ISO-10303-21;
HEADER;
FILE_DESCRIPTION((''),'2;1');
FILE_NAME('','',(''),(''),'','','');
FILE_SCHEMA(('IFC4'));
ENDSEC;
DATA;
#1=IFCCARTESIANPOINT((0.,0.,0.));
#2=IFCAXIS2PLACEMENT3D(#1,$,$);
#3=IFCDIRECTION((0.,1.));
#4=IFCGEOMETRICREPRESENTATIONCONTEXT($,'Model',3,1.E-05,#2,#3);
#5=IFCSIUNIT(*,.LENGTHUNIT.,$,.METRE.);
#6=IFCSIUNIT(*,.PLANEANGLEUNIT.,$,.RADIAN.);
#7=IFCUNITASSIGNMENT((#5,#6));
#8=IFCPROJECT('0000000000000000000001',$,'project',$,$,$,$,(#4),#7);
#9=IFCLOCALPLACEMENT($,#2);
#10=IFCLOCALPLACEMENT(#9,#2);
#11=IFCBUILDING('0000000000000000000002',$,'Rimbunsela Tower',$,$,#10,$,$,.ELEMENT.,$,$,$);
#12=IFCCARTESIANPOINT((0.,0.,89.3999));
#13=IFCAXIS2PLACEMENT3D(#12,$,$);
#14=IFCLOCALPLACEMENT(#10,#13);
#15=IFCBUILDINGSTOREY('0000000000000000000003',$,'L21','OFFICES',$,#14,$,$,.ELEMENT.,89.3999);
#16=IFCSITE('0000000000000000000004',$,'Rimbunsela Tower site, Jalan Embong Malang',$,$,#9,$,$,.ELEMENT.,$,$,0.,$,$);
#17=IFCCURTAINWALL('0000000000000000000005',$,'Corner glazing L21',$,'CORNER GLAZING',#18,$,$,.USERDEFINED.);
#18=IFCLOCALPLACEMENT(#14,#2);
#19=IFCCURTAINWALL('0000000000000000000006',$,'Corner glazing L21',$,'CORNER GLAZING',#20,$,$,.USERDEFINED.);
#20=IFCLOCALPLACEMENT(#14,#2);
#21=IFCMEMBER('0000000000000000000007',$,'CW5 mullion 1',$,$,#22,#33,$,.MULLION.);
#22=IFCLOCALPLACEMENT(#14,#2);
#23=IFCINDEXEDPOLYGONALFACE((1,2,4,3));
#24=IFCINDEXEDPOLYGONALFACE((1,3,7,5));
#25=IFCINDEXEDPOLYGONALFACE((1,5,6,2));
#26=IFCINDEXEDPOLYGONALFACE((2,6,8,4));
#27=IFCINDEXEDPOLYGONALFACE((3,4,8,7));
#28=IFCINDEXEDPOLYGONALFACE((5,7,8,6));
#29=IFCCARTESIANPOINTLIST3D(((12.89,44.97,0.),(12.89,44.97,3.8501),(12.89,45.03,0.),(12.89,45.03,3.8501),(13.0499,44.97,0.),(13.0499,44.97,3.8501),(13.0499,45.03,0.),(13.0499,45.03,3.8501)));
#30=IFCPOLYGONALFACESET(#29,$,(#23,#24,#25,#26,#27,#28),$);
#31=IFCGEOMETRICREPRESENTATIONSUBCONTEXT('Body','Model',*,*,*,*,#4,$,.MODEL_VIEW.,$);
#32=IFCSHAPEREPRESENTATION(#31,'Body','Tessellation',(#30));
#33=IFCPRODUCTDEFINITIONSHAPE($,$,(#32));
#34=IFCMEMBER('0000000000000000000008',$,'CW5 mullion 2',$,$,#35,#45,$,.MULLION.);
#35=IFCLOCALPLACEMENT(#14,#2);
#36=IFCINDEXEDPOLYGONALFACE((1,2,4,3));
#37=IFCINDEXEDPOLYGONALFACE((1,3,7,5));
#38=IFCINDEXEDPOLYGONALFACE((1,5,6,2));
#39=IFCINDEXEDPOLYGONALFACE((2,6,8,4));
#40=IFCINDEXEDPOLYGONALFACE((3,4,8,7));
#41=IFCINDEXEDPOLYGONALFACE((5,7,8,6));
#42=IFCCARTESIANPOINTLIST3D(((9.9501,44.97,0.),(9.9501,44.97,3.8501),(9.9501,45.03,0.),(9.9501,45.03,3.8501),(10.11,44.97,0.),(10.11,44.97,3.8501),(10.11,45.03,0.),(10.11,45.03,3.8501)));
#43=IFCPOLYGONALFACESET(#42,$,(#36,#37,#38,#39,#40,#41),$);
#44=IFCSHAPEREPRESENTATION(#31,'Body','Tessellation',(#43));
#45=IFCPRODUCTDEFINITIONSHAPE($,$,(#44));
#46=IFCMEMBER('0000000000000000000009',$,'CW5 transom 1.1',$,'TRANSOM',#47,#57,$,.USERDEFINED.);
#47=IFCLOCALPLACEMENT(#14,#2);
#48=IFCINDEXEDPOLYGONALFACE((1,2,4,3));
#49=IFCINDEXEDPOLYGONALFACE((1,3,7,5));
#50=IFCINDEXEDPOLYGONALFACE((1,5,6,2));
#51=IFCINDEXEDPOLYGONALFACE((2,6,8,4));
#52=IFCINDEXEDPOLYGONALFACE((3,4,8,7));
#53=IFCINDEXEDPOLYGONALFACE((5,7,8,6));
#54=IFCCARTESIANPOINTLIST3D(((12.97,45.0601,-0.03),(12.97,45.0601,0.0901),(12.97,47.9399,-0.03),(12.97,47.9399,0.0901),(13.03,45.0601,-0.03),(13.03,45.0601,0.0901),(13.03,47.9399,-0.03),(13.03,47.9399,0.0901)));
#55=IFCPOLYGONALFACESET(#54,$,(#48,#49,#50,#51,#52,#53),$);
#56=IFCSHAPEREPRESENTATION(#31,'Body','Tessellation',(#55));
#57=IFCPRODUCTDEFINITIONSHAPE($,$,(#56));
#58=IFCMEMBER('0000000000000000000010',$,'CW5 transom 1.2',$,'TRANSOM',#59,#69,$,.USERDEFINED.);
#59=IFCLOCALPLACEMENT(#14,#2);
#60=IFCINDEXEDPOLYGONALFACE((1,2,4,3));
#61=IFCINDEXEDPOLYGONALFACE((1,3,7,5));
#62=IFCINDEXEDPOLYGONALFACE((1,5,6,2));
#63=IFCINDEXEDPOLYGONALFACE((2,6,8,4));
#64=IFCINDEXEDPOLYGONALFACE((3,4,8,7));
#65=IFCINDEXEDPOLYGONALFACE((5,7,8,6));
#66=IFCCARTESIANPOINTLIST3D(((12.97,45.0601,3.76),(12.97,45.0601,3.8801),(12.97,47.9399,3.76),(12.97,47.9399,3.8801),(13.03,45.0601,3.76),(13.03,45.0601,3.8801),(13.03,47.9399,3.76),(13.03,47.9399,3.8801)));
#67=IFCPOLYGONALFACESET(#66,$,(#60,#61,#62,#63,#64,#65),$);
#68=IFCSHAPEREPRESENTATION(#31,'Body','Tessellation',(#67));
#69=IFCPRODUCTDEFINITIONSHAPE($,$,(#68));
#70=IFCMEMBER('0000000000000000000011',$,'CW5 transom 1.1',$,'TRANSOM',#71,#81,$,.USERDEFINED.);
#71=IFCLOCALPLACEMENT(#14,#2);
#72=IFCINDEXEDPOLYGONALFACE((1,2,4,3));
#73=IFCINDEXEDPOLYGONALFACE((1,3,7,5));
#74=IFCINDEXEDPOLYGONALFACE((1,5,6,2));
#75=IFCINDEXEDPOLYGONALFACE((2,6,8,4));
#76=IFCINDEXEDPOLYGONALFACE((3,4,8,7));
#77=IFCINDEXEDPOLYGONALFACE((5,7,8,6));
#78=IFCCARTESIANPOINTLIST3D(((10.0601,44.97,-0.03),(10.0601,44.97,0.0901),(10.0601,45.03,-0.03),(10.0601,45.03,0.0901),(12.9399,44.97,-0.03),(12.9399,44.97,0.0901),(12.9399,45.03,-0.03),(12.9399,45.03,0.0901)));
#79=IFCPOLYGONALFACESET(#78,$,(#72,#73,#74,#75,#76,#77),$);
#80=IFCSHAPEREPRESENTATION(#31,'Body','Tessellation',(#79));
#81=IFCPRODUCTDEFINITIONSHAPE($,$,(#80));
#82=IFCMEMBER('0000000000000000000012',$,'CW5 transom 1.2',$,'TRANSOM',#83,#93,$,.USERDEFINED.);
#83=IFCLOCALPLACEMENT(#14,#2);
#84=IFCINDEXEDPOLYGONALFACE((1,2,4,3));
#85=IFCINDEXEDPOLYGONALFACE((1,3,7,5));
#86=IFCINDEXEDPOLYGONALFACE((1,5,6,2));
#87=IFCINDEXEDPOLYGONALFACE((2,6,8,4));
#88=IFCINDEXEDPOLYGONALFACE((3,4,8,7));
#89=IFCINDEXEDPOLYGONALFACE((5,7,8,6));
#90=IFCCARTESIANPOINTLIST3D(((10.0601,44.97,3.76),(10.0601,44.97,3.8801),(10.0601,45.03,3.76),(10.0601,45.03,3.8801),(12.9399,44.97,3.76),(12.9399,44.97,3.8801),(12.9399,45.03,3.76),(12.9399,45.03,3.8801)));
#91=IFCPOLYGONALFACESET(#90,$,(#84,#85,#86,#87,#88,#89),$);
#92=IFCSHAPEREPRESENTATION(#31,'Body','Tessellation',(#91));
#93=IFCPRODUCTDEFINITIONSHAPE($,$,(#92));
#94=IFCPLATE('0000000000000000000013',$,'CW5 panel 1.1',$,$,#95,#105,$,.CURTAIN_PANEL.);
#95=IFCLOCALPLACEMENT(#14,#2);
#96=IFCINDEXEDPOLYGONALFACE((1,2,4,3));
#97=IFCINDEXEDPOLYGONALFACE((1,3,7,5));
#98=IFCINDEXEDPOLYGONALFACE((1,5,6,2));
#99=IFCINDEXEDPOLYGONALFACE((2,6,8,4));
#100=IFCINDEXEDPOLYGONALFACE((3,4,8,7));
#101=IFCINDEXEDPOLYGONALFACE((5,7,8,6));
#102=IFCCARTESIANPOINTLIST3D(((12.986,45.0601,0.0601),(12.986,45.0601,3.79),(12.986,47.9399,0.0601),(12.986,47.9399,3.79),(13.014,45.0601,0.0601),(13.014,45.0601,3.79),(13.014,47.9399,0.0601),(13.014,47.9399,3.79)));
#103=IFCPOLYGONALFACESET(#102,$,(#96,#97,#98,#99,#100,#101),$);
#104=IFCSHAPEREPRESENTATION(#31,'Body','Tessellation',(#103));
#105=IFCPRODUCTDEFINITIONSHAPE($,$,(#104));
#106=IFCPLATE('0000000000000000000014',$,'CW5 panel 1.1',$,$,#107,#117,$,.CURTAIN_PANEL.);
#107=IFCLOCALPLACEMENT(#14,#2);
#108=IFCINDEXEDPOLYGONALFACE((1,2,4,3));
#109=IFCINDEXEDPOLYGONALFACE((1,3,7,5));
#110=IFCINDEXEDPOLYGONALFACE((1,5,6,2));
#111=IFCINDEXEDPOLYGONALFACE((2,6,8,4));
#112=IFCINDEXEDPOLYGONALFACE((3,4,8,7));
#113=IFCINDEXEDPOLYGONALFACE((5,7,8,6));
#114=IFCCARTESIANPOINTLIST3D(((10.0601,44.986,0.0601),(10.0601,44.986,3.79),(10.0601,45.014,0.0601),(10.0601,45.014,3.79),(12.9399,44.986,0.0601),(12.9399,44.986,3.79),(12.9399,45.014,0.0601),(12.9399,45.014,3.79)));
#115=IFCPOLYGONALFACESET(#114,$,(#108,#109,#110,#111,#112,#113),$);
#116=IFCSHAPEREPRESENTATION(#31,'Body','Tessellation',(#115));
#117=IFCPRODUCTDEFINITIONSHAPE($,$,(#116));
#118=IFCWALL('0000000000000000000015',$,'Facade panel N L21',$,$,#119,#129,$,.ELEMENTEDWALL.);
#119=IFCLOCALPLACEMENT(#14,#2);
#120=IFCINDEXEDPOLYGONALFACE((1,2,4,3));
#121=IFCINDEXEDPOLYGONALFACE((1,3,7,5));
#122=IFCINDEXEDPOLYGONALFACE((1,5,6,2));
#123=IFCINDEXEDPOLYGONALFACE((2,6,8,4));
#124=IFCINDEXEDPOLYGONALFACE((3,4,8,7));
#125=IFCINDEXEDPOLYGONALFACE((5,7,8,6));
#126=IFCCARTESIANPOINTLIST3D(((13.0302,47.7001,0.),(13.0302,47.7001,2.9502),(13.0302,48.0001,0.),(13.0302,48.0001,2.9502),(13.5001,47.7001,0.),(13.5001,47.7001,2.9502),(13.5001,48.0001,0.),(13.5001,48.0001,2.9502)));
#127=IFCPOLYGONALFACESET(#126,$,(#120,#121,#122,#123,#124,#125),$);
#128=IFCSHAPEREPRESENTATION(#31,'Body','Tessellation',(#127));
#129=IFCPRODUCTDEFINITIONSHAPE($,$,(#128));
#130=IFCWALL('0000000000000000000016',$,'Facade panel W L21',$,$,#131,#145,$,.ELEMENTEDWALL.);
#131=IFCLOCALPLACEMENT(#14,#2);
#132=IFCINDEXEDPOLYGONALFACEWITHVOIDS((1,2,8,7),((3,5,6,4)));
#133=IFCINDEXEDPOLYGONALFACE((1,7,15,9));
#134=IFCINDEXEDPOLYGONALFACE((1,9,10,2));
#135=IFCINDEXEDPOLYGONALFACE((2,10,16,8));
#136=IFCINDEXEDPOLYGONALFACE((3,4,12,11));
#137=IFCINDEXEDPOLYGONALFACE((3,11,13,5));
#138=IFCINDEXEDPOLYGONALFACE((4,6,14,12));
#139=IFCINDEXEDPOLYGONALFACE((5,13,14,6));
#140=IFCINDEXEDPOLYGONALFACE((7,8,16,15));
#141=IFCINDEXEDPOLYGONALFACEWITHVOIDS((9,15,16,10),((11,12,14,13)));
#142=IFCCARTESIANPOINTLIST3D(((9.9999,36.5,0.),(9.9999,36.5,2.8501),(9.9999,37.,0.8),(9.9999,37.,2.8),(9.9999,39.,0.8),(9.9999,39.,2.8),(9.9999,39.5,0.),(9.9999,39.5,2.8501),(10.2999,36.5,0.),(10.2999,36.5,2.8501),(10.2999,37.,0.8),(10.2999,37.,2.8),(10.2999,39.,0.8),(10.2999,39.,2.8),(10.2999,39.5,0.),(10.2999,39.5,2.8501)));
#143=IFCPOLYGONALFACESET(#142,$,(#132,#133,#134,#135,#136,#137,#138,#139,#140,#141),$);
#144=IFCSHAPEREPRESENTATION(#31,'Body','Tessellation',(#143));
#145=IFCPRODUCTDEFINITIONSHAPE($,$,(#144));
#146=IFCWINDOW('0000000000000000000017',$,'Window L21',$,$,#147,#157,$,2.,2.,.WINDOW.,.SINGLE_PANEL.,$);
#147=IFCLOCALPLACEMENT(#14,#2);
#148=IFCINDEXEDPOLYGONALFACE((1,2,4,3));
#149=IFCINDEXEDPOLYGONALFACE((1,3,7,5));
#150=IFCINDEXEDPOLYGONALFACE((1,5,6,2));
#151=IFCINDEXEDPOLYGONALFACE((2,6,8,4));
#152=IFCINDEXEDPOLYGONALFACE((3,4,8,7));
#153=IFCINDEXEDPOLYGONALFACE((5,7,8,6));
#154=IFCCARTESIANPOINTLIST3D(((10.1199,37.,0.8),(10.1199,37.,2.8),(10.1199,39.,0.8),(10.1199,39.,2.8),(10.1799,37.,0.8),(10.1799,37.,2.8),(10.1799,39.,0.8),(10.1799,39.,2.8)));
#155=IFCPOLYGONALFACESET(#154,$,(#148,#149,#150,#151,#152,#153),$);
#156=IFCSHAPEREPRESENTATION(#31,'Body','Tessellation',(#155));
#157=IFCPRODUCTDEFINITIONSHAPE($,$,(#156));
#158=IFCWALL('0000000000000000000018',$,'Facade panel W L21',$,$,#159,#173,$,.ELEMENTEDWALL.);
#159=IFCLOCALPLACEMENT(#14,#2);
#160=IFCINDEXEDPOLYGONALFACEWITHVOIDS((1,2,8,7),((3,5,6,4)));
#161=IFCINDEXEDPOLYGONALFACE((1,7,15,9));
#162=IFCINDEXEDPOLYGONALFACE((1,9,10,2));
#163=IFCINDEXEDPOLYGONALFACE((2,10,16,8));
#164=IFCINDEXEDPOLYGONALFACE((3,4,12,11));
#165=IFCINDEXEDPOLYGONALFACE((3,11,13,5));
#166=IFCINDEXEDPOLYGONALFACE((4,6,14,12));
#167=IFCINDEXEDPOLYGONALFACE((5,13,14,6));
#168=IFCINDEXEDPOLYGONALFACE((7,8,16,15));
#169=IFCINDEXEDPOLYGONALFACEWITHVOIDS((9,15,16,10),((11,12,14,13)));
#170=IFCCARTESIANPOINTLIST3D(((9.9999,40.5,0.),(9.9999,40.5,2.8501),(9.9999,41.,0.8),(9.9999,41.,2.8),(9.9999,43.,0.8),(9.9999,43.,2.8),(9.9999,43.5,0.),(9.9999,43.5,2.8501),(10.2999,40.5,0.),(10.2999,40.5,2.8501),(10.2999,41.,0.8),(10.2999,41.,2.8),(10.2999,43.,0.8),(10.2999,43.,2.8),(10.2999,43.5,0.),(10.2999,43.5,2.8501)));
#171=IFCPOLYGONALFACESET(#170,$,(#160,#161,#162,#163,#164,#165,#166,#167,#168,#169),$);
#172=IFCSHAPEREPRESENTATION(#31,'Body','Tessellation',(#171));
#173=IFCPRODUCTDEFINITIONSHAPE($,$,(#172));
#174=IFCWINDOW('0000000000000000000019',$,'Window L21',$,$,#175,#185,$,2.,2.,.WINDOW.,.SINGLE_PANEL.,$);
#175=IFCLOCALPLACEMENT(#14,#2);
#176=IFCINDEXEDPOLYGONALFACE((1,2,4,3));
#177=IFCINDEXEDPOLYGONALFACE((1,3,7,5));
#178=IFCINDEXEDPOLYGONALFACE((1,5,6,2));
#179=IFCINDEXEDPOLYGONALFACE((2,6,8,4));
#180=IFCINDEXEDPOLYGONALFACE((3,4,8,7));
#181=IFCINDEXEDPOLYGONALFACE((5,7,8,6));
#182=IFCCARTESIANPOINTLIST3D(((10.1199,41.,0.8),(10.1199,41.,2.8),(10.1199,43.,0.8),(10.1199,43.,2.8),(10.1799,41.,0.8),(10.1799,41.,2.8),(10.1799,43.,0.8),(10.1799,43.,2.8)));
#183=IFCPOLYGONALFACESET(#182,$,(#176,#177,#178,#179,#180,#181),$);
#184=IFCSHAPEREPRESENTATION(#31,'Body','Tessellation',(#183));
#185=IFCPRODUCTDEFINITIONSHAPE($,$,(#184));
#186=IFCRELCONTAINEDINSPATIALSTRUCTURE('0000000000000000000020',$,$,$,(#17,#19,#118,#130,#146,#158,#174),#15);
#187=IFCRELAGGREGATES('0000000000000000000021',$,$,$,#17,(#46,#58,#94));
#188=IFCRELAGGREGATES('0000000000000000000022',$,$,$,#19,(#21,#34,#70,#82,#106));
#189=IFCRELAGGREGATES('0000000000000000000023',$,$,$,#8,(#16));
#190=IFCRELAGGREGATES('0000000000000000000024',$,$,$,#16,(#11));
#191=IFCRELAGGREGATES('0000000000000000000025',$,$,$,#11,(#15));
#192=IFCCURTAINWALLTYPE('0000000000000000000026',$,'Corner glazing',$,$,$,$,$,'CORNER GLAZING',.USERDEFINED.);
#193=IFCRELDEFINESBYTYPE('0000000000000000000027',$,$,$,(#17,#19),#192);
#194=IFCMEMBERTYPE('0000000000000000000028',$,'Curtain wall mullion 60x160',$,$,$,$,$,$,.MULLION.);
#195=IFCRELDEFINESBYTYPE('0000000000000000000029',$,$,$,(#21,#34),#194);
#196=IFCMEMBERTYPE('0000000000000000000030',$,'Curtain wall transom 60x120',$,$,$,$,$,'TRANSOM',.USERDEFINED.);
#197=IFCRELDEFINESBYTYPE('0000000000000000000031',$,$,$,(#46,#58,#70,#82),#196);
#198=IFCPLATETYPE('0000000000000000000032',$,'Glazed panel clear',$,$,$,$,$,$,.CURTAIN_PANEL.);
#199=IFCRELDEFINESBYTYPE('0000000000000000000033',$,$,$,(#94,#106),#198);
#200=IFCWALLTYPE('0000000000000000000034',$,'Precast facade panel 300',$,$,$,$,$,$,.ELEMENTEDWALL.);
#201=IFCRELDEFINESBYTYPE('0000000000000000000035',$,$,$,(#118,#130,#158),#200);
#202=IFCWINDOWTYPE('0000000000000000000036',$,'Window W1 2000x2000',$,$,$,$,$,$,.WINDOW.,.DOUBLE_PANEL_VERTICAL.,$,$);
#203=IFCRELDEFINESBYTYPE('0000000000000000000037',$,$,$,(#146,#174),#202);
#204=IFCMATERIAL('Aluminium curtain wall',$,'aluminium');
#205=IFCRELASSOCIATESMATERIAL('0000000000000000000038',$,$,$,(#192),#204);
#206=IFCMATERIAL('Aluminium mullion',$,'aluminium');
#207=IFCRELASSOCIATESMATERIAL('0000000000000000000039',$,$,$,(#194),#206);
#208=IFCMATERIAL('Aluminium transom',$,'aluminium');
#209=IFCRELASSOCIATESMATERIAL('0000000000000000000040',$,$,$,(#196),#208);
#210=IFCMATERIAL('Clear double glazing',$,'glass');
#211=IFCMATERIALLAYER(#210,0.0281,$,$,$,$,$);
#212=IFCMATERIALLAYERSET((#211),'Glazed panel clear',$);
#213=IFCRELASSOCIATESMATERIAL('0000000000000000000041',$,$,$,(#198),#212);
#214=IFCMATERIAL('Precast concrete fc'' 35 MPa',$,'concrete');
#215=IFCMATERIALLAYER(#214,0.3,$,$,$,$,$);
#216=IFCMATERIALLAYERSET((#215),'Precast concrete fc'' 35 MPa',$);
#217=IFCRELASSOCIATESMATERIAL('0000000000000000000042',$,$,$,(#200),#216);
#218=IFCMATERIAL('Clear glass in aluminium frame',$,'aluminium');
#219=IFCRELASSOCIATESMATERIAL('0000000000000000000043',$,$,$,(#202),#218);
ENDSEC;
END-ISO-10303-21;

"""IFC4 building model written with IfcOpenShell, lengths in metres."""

from ifc_helpers import new_model, si_unit, direction, frame, frame_2d, origin, origin_2d, place, context, subcontext, project, spatial, rectangle, extrude, material, layer, layer_set, material_profile, profile_set, type_object, element, fill, aggregate, save


model = new_model("IFC4")

# Units and contexts
model_context = context("Model", 3, precision=1e-05, world=origin(), true_north=direction((0.0, 1.0)))
body_context = subcontext(model_context, "Body", "Model", "MODEL_VIEW")
ifc_project = project(units=[si_unit("LENGTHUNIT", "METRE"), si_unit("PLANEANGLEUNIT", "RADIAN")], contexts=[model_context])

# Site, building, storey
site_placement = place(None, origin())
site = spatial("IfcSite", under=ifc_project, at=site_placement, Name="Rimbunsela Tower site, Jalan Embong Malang", CompositionType="ELEMENT", RefElevation=0.0)
building_placement = place(site_placement, origin())
building = spatial("IfcBuilding", under=site, at=building_placement, Name="Rimbunsela Tower", CompositionType="ELEMENT")
storey_placement = place(building_placement, frame((0.0, 0.0, 89.3999)))
storey = spatial("IfcBuildingStorey", under=building, at=storey_placement, Name="L21", Description="OFFICES", CompositionType="ELEMENT", Elevation=89.3999)

# Curtain walls, members
ifc_material_1 = material(Name="Aluminium curtain wall", Category="aluminium")
curtain_wall_type = type_object("IfcCurtainWallType", Name="Corner glazing", ElementType="CORNER GLAZING", PredefinedType="USERDEFINED", material=ifc_material_1)
curtain_wall_1_placement = place(storey_placement, origin())
curtain_wall_1 = element("IfcCurtainWall", 1, at=curtain_wall_1_placement, inside=storey, type_object=curtain_wall_type, Name="Corner glazing L21", ObjectType="CORNER GLAZING", PredefinedType="USERDEFINED")
ifc_material_2 = material(Name="Aluminium mullion", Category="aluminium")
ifc_material_profile_1 = material_profile(ifc_material_2, rectangle(XDim=0.0601, YDim=0.1599, at=origin_2d()), Name="Mullion 60x160")
ifc_profile_set_1 = profile_set([ifc_material_profile_1], Name="Aluminium mullion")
member_type_1 = type_object("IfcMemberType", Name="Curtain wall mullion 60x160", PredefinedType="MULLION", material=ifc_profile_set_1)
curtain_wall_2_placement = place(storey_placement, origin())
curtain_wall_2 = element("IfcCurtainWall", 2, at=curtain_wall_2_placement, inside=storey, type_object=curtain_wall_type, Name="Corner glazing L21", ObjectType="CORNER GLAZING", PredefinedType="USERDEFINED")
member_1_placement = place(storey_placement, frame((12.97, 45.0, 0.0), z_axis=(0.0, 0.0, 1.0), x_axis=(0.0, -1.0, 0.0)))
member_1 = element("IfcMember", 3, at=member_1_placement, type_object=member_type_1, Name="CW5 mullion 1", PredefinedType="MULLION", context=body_context, shape_type="SweptSolid", body=[
    extrude(rectangle(XDim=0.0601, YDim=0.1599, at=origin_2d()), origin(), (0.0, 0.0, 1.0), 3.8501),
])
member_2_placement = place(storey_placement, frame((10.03, 45.0, 0.0), z_axis=(0.0, 0.0, 1.0), x_axis=(0.0, -1.0, 0.0)))
member_2 = element("IfcMember", 4, at=member_2_placement, type_object=member_type_1, Name="CW5 mullion 2", PredefinedType="MULLION", context=body_context, shape_type="SweptSolid", body=[
    extrude(rectangle(XDim=0.0601, YDim=0.1599, at=origin_2d()), origin(), (0.0, 0.0, 1.0), 3.8501),
])

# Members
ifc_material_3 = material(Name="Aluminium transom", Category="aluminium")
ifc_material_profile_2 = material_profile(ifc_material_3, rectangle(XDim=0.0601, YDim=0.1201, at=origin_2d()), Name="Transom 60x120")
ifc_profile_set_2 = profile_set([ifc_material_profile_2], Name="Aluminium transom")
member_type_2 = type_object("IfcMemberType", Name="Curtain wall transom 60x120", ElementType="TRANSOM", PredefinedType="USERDEFINED", material=ifc_profile_set_2)
member_3_placement = place(storey_placement, frame((13.0, 47.9399, 0.03), z_axis=(0.0, -1.0, 0.0), x_axis=(1.0, 0.0, 0.0)))
member_3 = element("IfcMember", 5, at=member_3_placement, type_object=member_type_2, Name="CW5 transom 1.1", ObjectType="TRANSOM", PredefinedType="USERDEFINED", context=body_context, shape_type="SweptSolid", body=[
    extrude(rectangle(XDim=0.0601, YDim=0.1201, at=origin_2d()), origin(), (0.0, 0.0, 1.0), 2.8799),
])
member_4_placement = place(storey_placement, frame((13.0, 47.9399, 3.8201), z_axis=(0.0, -1.0, 0.0), x_axis=(1.0, 0.0, 0.0)))
member_4 = element("IfcMember", 6, at=member_4_placement, type_object=member_type_2, Name="CW5 transom 1.2", ObjectType="TRANSOM", PredefinedType="USERDEFINED", context=body_context, shape_type="SweptSolid", body=[
    extrude(rectangle(XDim=0.0601, YDim=0.1201, at=origin_2d()), origin(), (0.0, 0.0, 1.0), 2.8799),
])
member_5_placement = place(storey_placement, frame((12.9399, 45.0, 0.03), z_axis=(-1.0, 0.0, 0.0), x_axis=(0.0, -1.0, 0.0)))
member_5 = element("IfcMember", 7, at=member_5_placement, type_object=member_type_2, Name="CW5 transom 1.1", ObjectType="TRANSOM", PredefinedType="USERDEFINED", context=body_context, shape_type="SweptSolid", body=[
    extrude(rectangle(XDim=0.0601, YDim=0.1201, at=origin_2d()), origin(), (0.0, 0.0, 1.0), 2.8799),
])
member_6_placement = place(storey_placement, frame((12.9399, 45.0, 3.8201), z_axis=(-1.0, 0.0, 0.0), x_axis=(0.0, -1.0, 0.0)))
member_6 = element("IfcMember", 8, at=member_6_placement, type_object=member_type_2, Name="CW5 transom 1.2", ObjectType="TRANSOM", PredefinedType="USERDEFINED", context=body_context, shape_type="SweptSolid", body=[
    extrude(rectangle(XDim=0.0601, YDim=0.1201, at=origin_2d()), origin(), (0.0, 0.0, 1.0), 2.8799),
])

# Plates
ifc_material_4 = material(Name="Clear double glazing", Category="glass")
ifc_layer_1 = layer(ifc_material_4, 0.0281)
ifc_layer_set_1 = layer_set([ifc_layer_1], Name="Glazed panel clear")
plate_type = type_object("IfcPlateType", Name="Glazed panel clear", PredefinedType="CURTAIN_PANEL", material=ifc_layer_set_1)
plate_1_placement = place(storey_placement, frame((13.0, 46.5, 0.0601), z_axis=(0.0, 0.0, 1.0), x_axis=(0.0, -1.0, 0.0)))
plate_1 = element("IfcPlate", 9, at=plate_1_placement, type_object=plate_type, Name="CW5 panel 1.1", PredefinedType="CURTAIN_PANEL", context=body_context, shape_type="SweptSolid", body=[
    extrude(rectangle(XDim=2.8799, YDim=0.0281, at=origin_2d()), origin(), (0.0, 0.0, 1.0), 3.73),
])
aggregate(curtain_wall_1, [member_3, member_4, plate_1])
plate_2_placement = place(storey_placement, frame((11.5, 45.0, 0.0601), z_axis=(0.0, 0.0, 1.0), x_axis=(-1.0, 0.0, 0.0)))
plate_2 = element("IfcPlate", 10, at=plate_2_placement, type_object=plate_type, Name="CW5 panel 1.1", PredefinedType="CURTAIN_PANEL", context=body_context, shape_type="SweptSolid", body=[
    extrude(rectangle(XDim=2.8799, YDim=0.0281, at=origin_2d()), origin(), (0.0, 0.0, 1.0), 3.73),
])
aggregate(curtain_wall_2, [member_1, member_2, member_5, member_6, plate_2])

# Wall
ifc_material_5 = material(Name="Precast concrete fc' 35 MPa", Category="concrete")
ifc_layer_2 = layer(ifc_material_5, 0.3)
ifc_layer_set_2 = layer_set([ifc_layer_2], Name="Precast concrete fc' 35 MPa")
wall_type = type_object("IfcWallType", Name="Precast facade panel 300", PredefinedType="ELEMENTEDWALL", material=ifc_layer_set_2)
wall_1_placement = place(storey_placement, frame((13.5, 47.8501, 0.0), z_axis=(0.0, 0.0, 1.0), x_axis=(-1.0, 0.0, 0.0)))
element("IfcWall", 11, at=wall_1_placement, inside=storey, type_object=wall_type, Name="Facade panel N L21", PredefinedType="ELEMENTEDWALL", context=body_context, shape_type="SweptSolid", body=[
    extrude(rectangle(XDim=0.47, YDim=0.3, at=frame_2d((0.2349, 0.0))), origin(), (0.0, 0.0, 1.0), 2.9502),
])

# Walls, openings, windows
wall_2_placement = place(storey_placement, frame((10.1499, 39.5, 0.0), z_axis=(0.0, 0.0, 1.0), x_axis=(0.0, -1.0, 0.0)))
wall_2 = element("IfcWall", 12, at=wall_2_placement, inside=storey, type_object=wall_type, Name="Facade panel W L21", PredefinedType="ELEMENTEDWALL", context=body_context, shape_type="SweptSolid", body=[
    extrude(rectangle(XDim=3.0, YDim=0.3, at=frame_2d((1.5, 0.0))), origin(), (0.0, 0.0, 1.0), 2.8501),
])
opening_1_placement = place(wall_2_placement, frame((0.5, 0.0, 0.8)))
opening_1 = element("IfcOpeningElement", 13, at=opening_1_placement, cuts=wall_2, PredefinedType="OPENING", context=body_context, shape_type="SweptSolid", body=[
    extrude(rectangle(XDim=2.0, YDim=2.0, at=frame_2d((1.0, 1.0))), frame((0.0, 0.1599, 0.0), z_axis=(0.0, -1.0, 0.0), x_axis=(1.0, 0.0, 0.0)), (0.0, 0.0, 1.0), 0.3201),
])
ifc_material_6 = material(Name="Clear glass in aluminium frame", Category="aluminium")
window_type = type_object("IfcWindowType", Name="Window W1 2000x2000", PartitioningType="DOUBLE_PANEL_VERTICAL", PredefinedType="WINDOW", material=ifc_material_6)
window_1_placement = place(opening_1_placement, origin())
window_1 = element("IfcWindow", 14, at=window_1_placement, inside=storey, type_object=window_type, Name="Window L21", OverallHeight=2.0, OverallWidth=2.0, PartitioningType="SINGLE_PANEL", PredefinedType="WINDOW", context=body_context, shape_type="SweptSolid", body=[
    extrude(rectangle(XDim=2.0, YDim=2.0, at=frame_2d((1.0, 1.0))), frame((0.0, 0.03, 0.0), z_axis=(0.0, -1.0, 0.0), x_axis=(1.0, 0.0, 0.0)), (0.0, 0.0, 1.0), 0.0601),
])
fill(opening_1, window_1)
wall_3_placement = place(storey_placement, frame((10.1499, 43.5, 0.0), z_axis=(0.0, 0.0, 1.0), x_axis=(0.0, -1.0, 0.0)))
wall_3 = element("IfcWall", 15, at=wall_3_placement, inside=storey, type_object=wall_type, Name="Facade panel W L21", PredefinedType="ELEMENTEDWALL", context=body_context, shape_type="SweptSolid", body=[
    extrude(rectangle(XDim=3.0, YDim=0.3, at=frame_2d((1.5, 0.0))), origin(), (0.0, 0.0, 1.0), 2.8501),
])
opening_2_placement = place(wall_3_placement, frame((0.5, 0.0, 0.8)))
opening_2 = element("IfcOpeningElement", 16, at=opening_2_placement, cuts=wall_3, PredefinedType="OPENING", context=body_context, shape_type="SweptSolid", body=[
    extrude(rectangle(XDim=2.0, YDim=2.0, at=frame_2d((1.0, 1.0))), frame((0.0, 0.1599, 0.0), z_axis=(0.0, -1.0, 0.0), x_axis=(1.0, 0.0, 0.0)), (0.0, 0.0, 1.0), 0.3201),
])
window_2_placement = place(opening_2_placement, origin())
window_2 = element("IfcWindow", 17, at=window_2_placement, inside=storey, type_object=window_type, Name="Window L21", OverallHeight=2.0, OverallWidth=2.0, PartitioningType="SINGLE_PANEL", PredefinedType="WINDOW", context=body_context, shape_type="SweptSolid", body=[
    extrude(rectangle(XDim=2.0, YDim=2.0, at=frame_2d((1.0, 1.0))), frame((0.0, 0.03, 0.0), z_axis=(0.0, -1.0, 0.0), x_axis=(1.0, 0.0, 0.0)), (0.0, 0.0, 1.0), 0.0601),
])
fill(opening_2, window_2)

save(model, "model.ifc")
